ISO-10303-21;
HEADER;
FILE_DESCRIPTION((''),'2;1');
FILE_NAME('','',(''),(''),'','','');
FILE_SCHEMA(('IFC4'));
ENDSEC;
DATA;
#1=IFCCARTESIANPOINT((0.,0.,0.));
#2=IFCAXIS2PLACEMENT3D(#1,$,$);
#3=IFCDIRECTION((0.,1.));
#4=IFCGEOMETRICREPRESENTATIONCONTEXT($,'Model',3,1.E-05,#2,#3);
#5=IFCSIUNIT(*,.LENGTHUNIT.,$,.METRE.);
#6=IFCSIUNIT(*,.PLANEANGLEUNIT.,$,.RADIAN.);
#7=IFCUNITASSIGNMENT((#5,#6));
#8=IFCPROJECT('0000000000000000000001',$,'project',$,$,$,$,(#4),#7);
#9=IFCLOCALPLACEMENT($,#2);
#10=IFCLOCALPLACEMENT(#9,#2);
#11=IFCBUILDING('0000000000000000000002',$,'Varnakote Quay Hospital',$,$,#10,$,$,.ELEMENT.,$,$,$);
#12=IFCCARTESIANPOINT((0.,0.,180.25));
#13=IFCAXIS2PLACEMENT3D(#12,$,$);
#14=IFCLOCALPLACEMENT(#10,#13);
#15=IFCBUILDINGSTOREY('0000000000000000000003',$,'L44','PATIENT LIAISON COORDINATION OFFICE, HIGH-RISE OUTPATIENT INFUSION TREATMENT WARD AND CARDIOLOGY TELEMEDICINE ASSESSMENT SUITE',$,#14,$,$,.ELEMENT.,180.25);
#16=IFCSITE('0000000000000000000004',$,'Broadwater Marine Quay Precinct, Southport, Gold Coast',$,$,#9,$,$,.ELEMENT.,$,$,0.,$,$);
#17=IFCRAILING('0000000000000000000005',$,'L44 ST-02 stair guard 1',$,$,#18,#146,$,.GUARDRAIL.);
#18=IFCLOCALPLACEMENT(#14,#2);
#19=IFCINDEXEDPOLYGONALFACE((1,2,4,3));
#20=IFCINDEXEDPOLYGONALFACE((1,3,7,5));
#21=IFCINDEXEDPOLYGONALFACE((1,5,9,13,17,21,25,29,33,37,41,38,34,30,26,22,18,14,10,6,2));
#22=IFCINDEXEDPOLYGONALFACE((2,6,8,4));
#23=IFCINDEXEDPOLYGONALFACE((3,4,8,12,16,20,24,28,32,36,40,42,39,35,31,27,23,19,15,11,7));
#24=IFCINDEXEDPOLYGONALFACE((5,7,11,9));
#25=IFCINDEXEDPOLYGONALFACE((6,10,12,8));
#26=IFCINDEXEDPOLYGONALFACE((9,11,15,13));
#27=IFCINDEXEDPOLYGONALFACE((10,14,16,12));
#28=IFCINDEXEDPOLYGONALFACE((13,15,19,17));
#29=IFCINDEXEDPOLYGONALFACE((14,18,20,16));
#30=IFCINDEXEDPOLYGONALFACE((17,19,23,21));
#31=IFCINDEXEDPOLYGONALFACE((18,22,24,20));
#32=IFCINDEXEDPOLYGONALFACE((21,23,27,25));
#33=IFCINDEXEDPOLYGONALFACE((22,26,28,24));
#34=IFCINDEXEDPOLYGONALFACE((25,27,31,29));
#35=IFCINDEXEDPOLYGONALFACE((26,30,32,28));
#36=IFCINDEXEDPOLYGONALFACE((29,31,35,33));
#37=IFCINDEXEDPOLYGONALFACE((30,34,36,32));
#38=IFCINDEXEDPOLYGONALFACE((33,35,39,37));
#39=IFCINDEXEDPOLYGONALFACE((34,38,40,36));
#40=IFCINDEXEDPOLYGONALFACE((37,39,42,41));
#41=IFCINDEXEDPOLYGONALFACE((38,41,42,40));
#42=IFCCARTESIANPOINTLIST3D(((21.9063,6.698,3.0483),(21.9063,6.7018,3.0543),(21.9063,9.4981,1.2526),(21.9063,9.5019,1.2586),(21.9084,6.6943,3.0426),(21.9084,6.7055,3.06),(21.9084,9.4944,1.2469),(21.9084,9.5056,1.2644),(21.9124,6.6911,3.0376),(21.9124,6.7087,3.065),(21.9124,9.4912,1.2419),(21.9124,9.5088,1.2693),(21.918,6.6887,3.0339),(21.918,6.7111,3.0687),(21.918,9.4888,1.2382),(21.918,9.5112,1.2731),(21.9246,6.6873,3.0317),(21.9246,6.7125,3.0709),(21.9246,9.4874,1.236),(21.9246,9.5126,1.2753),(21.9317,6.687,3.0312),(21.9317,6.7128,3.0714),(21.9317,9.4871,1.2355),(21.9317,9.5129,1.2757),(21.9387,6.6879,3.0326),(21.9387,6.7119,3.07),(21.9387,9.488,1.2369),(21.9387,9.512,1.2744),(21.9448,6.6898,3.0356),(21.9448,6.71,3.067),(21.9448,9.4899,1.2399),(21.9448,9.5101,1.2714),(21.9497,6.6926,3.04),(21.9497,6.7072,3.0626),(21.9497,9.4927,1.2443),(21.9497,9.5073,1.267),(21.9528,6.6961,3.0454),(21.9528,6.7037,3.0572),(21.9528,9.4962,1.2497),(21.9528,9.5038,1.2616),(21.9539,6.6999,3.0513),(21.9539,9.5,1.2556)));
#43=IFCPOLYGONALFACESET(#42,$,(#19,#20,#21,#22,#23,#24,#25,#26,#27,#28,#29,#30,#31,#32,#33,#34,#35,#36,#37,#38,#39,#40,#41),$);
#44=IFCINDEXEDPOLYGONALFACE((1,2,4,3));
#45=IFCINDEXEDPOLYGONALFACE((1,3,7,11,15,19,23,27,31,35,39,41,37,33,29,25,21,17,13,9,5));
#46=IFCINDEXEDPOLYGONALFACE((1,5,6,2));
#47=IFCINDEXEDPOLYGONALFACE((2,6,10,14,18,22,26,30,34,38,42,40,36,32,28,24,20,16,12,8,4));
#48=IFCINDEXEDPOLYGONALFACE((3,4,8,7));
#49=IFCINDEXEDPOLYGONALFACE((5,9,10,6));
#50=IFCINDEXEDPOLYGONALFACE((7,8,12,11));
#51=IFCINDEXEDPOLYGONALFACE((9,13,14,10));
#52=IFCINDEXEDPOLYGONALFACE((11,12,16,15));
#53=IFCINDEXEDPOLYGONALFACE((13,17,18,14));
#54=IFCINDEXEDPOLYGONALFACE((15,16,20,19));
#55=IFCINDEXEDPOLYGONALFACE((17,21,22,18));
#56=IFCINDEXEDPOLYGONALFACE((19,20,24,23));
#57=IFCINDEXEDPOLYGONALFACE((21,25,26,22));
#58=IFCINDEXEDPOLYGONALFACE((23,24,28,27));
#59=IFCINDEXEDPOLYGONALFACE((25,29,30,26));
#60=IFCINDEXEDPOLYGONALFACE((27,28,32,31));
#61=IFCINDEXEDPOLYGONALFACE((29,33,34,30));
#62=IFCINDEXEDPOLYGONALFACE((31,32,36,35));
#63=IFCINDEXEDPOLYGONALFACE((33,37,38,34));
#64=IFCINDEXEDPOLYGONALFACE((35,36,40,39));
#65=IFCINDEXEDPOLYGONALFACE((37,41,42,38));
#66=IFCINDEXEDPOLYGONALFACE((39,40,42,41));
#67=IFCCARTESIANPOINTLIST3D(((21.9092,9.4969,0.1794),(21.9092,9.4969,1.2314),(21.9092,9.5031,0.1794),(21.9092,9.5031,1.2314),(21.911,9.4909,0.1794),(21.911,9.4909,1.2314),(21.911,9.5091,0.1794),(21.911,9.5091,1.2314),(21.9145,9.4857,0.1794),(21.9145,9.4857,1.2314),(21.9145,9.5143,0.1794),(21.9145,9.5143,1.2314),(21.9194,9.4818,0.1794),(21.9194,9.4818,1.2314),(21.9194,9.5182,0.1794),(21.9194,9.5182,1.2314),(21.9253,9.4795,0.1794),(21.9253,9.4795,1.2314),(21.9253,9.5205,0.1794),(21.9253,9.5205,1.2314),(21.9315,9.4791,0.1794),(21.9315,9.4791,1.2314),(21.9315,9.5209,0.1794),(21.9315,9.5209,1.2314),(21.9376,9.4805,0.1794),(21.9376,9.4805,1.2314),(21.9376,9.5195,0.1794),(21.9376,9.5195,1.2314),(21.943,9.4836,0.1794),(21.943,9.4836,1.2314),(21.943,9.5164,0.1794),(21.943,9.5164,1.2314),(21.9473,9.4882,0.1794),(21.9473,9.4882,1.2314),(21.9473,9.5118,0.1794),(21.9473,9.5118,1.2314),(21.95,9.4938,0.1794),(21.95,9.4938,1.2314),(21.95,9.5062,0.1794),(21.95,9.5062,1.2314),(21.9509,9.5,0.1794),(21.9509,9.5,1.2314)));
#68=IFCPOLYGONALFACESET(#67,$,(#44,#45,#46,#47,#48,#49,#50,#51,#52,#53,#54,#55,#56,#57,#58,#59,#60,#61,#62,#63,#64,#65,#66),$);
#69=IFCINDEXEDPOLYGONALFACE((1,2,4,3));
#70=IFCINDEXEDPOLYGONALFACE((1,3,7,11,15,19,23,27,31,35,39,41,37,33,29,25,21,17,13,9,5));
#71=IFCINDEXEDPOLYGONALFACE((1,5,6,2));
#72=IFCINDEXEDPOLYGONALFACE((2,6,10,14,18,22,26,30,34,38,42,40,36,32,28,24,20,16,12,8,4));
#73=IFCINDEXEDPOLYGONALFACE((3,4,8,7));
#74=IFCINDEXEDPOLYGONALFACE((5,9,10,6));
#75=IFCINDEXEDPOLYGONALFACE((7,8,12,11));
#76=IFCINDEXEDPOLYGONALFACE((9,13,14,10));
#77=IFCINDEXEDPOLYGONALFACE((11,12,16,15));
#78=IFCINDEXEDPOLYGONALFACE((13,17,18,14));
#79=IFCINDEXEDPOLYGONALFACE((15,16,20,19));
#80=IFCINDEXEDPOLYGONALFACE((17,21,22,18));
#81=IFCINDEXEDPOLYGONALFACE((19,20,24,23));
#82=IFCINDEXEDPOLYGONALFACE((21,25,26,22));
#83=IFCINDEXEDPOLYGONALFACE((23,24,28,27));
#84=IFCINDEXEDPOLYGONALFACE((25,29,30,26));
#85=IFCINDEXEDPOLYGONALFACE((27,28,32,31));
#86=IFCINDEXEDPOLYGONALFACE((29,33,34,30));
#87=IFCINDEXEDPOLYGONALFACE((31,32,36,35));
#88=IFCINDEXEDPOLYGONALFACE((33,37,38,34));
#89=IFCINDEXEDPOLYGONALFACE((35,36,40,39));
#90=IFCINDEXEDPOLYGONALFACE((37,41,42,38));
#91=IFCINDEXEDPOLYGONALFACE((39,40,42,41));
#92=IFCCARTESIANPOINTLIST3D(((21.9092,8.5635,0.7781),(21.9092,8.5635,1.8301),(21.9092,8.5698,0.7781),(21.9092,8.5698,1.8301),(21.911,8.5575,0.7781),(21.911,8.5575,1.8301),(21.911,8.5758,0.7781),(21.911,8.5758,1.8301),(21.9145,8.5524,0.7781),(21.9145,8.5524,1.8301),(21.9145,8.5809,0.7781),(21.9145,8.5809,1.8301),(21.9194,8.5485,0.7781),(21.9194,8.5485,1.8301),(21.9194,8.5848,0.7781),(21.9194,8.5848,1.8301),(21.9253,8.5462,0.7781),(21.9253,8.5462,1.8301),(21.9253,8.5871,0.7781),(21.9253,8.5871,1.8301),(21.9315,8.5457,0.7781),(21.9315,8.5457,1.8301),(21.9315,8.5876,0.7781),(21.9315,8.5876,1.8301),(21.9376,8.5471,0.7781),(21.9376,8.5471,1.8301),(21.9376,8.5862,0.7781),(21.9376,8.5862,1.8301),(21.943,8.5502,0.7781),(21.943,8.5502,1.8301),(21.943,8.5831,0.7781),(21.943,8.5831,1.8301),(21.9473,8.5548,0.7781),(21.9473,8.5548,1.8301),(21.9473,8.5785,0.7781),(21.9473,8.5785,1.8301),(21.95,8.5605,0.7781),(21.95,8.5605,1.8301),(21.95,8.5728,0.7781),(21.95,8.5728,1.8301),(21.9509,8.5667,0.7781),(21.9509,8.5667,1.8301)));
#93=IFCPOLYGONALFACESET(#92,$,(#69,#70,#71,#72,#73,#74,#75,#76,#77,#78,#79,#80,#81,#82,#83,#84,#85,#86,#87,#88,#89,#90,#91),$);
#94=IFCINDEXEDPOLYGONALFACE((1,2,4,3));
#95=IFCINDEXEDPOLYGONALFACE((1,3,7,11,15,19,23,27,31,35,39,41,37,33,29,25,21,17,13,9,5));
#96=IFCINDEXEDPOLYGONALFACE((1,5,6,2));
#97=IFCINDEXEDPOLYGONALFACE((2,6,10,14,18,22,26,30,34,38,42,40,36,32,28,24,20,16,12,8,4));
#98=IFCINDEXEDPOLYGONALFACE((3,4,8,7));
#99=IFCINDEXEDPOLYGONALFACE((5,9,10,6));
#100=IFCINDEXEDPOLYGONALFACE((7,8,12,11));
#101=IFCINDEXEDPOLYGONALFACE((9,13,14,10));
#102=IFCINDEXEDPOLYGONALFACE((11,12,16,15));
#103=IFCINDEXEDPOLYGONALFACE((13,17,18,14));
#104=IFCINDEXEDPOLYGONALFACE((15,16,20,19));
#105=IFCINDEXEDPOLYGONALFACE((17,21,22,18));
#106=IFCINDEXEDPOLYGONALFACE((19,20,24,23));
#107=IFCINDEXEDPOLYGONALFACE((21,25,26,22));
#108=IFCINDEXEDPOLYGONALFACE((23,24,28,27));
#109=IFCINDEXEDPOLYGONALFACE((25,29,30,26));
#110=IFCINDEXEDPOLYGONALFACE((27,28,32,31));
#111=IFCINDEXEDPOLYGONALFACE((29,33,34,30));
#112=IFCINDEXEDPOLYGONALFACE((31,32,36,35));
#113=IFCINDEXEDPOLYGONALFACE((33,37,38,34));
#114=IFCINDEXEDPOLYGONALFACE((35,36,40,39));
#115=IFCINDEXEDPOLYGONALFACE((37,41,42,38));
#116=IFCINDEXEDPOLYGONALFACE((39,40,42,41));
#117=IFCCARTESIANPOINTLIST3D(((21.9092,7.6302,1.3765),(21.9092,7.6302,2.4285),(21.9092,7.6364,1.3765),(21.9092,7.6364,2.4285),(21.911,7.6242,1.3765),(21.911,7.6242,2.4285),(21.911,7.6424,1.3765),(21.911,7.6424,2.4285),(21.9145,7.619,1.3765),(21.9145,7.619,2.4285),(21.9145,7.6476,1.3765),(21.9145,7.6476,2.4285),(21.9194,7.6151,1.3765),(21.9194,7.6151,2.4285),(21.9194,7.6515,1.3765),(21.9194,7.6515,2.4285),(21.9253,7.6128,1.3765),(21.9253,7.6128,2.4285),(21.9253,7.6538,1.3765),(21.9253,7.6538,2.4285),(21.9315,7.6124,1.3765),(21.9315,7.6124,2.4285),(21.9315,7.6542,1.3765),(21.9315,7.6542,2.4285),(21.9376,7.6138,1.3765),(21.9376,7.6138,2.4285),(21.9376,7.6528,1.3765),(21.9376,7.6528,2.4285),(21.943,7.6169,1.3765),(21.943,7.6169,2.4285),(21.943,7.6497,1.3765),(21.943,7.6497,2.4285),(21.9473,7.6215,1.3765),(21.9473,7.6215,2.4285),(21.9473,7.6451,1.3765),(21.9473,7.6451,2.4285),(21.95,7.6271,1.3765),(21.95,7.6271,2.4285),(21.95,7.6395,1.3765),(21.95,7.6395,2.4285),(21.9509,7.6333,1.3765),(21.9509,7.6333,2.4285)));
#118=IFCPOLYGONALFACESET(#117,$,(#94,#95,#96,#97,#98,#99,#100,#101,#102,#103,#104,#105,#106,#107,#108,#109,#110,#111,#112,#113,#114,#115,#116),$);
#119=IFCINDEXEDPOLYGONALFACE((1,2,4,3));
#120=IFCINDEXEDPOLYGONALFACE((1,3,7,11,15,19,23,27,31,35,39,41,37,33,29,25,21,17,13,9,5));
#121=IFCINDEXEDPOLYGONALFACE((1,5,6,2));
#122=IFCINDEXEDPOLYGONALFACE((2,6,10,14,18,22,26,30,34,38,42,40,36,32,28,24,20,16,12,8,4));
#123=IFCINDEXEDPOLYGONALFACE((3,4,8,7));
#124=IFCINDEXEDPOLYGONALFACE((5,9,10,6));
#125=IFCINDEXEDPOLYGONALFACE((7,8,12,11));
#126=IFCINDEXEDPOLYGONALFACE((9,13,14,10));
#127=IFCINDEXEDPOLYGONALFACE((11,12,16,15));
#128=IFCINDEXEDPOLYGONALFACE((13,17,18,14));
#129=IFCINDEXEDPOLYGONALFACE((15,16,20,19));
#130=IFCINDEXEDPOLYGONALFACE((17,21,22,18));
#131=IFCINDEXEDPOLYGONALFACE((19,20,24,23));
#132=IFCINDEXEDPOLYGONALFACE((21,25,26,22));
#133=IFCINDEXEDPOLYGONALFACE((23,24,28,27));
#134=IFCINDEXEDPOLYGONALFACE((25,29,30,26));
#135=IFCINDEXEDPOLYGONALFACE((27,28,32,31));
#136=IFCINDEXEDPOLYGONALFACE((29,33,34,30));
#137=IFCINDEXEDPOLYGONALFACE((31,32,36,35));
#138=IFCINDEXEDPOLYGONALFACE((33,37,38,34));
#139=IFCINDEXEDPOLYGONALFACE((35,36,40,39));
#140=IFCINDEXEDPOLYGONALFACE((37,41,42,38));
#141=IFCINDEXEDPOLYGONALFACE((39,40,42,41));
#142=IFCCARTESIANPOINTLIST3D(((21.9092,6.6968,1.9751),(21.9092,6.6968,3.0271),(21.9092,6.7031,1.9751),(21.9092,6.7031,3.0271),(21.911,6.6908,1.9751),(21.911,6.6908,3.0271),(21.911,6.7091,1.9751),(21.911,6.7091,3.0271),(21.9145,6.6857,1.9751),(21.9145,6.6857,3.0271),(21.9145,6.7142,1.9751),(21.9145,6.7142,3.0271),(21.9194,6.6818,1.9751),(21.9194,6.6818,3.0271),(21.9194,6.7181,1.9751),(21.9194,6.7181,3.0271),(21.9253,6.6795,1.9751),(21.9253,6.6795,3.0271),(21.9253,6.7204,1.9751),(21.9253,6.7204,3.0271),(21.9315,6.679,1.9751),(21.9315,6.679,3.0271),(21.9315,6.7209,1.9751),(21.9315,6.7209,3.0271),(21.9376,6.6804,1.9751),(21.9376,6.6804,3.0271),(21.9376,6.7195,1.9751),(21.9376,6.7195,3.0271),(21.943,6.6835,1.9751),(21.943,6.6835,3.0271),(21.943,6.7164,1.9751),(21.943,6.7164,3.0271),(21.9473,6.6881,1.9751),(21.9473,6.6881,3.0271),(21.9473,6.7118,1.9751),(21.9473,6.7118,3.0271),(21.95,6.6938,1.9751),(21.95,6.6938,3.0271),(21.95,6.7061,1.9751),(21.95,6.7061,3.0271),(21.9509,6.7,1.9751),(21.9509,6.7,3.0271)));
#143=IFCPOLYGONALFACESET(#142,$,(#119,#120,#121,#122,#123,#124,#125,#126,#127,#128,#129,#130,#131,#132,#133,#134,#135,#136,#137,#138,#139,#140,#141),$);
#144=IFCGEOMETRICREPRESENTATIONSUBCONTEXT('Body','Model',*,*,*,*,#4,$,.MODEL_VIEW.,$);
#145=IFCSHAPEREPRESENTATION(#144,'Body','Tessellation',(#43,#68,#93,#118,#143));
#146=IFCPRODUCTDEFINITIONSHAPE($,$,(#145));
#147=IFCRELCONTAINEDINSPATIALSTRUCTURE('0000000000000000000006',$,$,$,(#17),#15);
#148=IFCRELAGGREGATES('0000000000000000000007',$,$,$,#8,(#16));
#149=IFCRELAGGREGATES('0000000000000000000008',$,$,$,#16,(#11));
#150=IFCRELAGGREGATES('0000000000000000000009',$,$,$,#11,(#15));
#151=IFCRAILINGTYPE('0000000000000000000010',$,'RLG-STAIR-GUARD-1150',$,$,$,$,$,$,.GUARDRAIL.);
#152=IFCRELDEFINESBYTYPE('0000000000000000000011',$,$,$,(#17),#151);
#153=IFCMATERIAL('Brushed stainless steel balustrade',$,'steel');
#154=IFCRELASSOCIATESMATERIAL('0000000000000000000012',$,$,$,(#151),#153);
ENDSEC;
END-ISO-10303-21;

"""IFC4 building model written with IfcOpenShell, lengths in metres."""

from ifc_helpers import new_model, si_unit, direction, frame, origin, origin_2d, place, context, subcontext, project, spatial, circle, extrude, material, type_object, element, save


model = new_model("IFC4")

# Units and contexts
model_context = context("Model", 3, precision=1e-05, world=origin(), true_north=direction((0.0, 1.0)))
body_context = subcontext(model_context, "Body", "Model", "MODEL_VIEW")
ifc_project = project(units=[si_unit("LENGTHUNIT", "METRE"), si_unit("PLANEANGLEUNIT", "RADIAN")], contexts=[model_context])

# Site, building, storey
site_placement = place(None, origin())
site = spatial("IfcSite", under=ifc_project, at=site_placement, Name="Broadwater Marine Quay Precinct, Southport, Gold Coast", CompositionType="ELEMENT", RefElevation=0.0)
building_placement = place(site_placement, origin())
building = spatial("IfcBuilding", under=site, at=building_placement, Name="Varnakote Quay Hospital", CompositionType="ELEMENT")
storey_placement = place(building_placement, frame((0.0, 0.0, 180.25)))
storey = spatial("IfcBuildingStorey", under=building, at=storey_placement, Name="L44", Description="PATIENT LIAISON COORDINATION OFFICE, HIGH-RISE OUTPATIENT INFUSION TREATMENT WARD AND CARDIOLOGY TELEMEDICINE ASSESSMENT SUITE", CompositionType="ELEMENT", Elevation=180.25)

# Railing
ifc_material_1 = material(Name="Brushed stainless steel balustrade", Category="steel")
railing_type_1 = type_object("IfcRailingType", Name="RLG-STAIR-GUARD-1150", PredefinedType="GUARDRAIL", material=ifc_material_1)
railing_1_placement = place(storey_placement, frame((21.9299, 9.5, 0.1794)))
element("IfcRailing", 1, at=railing_1_placement, inside=storey, type_object=railing_type_1, Name="L44 ST-02 stair guard 1", PredefinedType="GUARDRAIL", context=body_context, shape_type="SweptSolid", body=[
    extrude(circle(Radius=0.0239, at=origin_2d()), frame((0.0, 0.0, 1.0762), z_axis=(0.0, -0.841777, 0.539826), x_axis=(1.0, 0.0, 0.0)), (0.0, 0.0, 1.0), 3.3264),
    extrude(circle(Radius=0.021, at=origin_2d()), origin(), (0.0, 0.0, 1.0), 1.052),
    extrude(circle(Radius=0.021, at=origin_2d()), frame((0.0, -0.9333, 0.5986)), (0.0, 0.0, 1.0), 1.052),
    extrude(circle(Radius=0.021, at=origin_2d()), frame((0.0, -1.8667, 1.197)), (0.0, 0.0, 1.0), 1.052),
    extrude(circle(Radius=0.021, at=origin_2d()), frame((0.0, -2.8, 1.7957)), (0.0, 0.0, 1.0), 1.052),
])

save(model, "model.ifc")
